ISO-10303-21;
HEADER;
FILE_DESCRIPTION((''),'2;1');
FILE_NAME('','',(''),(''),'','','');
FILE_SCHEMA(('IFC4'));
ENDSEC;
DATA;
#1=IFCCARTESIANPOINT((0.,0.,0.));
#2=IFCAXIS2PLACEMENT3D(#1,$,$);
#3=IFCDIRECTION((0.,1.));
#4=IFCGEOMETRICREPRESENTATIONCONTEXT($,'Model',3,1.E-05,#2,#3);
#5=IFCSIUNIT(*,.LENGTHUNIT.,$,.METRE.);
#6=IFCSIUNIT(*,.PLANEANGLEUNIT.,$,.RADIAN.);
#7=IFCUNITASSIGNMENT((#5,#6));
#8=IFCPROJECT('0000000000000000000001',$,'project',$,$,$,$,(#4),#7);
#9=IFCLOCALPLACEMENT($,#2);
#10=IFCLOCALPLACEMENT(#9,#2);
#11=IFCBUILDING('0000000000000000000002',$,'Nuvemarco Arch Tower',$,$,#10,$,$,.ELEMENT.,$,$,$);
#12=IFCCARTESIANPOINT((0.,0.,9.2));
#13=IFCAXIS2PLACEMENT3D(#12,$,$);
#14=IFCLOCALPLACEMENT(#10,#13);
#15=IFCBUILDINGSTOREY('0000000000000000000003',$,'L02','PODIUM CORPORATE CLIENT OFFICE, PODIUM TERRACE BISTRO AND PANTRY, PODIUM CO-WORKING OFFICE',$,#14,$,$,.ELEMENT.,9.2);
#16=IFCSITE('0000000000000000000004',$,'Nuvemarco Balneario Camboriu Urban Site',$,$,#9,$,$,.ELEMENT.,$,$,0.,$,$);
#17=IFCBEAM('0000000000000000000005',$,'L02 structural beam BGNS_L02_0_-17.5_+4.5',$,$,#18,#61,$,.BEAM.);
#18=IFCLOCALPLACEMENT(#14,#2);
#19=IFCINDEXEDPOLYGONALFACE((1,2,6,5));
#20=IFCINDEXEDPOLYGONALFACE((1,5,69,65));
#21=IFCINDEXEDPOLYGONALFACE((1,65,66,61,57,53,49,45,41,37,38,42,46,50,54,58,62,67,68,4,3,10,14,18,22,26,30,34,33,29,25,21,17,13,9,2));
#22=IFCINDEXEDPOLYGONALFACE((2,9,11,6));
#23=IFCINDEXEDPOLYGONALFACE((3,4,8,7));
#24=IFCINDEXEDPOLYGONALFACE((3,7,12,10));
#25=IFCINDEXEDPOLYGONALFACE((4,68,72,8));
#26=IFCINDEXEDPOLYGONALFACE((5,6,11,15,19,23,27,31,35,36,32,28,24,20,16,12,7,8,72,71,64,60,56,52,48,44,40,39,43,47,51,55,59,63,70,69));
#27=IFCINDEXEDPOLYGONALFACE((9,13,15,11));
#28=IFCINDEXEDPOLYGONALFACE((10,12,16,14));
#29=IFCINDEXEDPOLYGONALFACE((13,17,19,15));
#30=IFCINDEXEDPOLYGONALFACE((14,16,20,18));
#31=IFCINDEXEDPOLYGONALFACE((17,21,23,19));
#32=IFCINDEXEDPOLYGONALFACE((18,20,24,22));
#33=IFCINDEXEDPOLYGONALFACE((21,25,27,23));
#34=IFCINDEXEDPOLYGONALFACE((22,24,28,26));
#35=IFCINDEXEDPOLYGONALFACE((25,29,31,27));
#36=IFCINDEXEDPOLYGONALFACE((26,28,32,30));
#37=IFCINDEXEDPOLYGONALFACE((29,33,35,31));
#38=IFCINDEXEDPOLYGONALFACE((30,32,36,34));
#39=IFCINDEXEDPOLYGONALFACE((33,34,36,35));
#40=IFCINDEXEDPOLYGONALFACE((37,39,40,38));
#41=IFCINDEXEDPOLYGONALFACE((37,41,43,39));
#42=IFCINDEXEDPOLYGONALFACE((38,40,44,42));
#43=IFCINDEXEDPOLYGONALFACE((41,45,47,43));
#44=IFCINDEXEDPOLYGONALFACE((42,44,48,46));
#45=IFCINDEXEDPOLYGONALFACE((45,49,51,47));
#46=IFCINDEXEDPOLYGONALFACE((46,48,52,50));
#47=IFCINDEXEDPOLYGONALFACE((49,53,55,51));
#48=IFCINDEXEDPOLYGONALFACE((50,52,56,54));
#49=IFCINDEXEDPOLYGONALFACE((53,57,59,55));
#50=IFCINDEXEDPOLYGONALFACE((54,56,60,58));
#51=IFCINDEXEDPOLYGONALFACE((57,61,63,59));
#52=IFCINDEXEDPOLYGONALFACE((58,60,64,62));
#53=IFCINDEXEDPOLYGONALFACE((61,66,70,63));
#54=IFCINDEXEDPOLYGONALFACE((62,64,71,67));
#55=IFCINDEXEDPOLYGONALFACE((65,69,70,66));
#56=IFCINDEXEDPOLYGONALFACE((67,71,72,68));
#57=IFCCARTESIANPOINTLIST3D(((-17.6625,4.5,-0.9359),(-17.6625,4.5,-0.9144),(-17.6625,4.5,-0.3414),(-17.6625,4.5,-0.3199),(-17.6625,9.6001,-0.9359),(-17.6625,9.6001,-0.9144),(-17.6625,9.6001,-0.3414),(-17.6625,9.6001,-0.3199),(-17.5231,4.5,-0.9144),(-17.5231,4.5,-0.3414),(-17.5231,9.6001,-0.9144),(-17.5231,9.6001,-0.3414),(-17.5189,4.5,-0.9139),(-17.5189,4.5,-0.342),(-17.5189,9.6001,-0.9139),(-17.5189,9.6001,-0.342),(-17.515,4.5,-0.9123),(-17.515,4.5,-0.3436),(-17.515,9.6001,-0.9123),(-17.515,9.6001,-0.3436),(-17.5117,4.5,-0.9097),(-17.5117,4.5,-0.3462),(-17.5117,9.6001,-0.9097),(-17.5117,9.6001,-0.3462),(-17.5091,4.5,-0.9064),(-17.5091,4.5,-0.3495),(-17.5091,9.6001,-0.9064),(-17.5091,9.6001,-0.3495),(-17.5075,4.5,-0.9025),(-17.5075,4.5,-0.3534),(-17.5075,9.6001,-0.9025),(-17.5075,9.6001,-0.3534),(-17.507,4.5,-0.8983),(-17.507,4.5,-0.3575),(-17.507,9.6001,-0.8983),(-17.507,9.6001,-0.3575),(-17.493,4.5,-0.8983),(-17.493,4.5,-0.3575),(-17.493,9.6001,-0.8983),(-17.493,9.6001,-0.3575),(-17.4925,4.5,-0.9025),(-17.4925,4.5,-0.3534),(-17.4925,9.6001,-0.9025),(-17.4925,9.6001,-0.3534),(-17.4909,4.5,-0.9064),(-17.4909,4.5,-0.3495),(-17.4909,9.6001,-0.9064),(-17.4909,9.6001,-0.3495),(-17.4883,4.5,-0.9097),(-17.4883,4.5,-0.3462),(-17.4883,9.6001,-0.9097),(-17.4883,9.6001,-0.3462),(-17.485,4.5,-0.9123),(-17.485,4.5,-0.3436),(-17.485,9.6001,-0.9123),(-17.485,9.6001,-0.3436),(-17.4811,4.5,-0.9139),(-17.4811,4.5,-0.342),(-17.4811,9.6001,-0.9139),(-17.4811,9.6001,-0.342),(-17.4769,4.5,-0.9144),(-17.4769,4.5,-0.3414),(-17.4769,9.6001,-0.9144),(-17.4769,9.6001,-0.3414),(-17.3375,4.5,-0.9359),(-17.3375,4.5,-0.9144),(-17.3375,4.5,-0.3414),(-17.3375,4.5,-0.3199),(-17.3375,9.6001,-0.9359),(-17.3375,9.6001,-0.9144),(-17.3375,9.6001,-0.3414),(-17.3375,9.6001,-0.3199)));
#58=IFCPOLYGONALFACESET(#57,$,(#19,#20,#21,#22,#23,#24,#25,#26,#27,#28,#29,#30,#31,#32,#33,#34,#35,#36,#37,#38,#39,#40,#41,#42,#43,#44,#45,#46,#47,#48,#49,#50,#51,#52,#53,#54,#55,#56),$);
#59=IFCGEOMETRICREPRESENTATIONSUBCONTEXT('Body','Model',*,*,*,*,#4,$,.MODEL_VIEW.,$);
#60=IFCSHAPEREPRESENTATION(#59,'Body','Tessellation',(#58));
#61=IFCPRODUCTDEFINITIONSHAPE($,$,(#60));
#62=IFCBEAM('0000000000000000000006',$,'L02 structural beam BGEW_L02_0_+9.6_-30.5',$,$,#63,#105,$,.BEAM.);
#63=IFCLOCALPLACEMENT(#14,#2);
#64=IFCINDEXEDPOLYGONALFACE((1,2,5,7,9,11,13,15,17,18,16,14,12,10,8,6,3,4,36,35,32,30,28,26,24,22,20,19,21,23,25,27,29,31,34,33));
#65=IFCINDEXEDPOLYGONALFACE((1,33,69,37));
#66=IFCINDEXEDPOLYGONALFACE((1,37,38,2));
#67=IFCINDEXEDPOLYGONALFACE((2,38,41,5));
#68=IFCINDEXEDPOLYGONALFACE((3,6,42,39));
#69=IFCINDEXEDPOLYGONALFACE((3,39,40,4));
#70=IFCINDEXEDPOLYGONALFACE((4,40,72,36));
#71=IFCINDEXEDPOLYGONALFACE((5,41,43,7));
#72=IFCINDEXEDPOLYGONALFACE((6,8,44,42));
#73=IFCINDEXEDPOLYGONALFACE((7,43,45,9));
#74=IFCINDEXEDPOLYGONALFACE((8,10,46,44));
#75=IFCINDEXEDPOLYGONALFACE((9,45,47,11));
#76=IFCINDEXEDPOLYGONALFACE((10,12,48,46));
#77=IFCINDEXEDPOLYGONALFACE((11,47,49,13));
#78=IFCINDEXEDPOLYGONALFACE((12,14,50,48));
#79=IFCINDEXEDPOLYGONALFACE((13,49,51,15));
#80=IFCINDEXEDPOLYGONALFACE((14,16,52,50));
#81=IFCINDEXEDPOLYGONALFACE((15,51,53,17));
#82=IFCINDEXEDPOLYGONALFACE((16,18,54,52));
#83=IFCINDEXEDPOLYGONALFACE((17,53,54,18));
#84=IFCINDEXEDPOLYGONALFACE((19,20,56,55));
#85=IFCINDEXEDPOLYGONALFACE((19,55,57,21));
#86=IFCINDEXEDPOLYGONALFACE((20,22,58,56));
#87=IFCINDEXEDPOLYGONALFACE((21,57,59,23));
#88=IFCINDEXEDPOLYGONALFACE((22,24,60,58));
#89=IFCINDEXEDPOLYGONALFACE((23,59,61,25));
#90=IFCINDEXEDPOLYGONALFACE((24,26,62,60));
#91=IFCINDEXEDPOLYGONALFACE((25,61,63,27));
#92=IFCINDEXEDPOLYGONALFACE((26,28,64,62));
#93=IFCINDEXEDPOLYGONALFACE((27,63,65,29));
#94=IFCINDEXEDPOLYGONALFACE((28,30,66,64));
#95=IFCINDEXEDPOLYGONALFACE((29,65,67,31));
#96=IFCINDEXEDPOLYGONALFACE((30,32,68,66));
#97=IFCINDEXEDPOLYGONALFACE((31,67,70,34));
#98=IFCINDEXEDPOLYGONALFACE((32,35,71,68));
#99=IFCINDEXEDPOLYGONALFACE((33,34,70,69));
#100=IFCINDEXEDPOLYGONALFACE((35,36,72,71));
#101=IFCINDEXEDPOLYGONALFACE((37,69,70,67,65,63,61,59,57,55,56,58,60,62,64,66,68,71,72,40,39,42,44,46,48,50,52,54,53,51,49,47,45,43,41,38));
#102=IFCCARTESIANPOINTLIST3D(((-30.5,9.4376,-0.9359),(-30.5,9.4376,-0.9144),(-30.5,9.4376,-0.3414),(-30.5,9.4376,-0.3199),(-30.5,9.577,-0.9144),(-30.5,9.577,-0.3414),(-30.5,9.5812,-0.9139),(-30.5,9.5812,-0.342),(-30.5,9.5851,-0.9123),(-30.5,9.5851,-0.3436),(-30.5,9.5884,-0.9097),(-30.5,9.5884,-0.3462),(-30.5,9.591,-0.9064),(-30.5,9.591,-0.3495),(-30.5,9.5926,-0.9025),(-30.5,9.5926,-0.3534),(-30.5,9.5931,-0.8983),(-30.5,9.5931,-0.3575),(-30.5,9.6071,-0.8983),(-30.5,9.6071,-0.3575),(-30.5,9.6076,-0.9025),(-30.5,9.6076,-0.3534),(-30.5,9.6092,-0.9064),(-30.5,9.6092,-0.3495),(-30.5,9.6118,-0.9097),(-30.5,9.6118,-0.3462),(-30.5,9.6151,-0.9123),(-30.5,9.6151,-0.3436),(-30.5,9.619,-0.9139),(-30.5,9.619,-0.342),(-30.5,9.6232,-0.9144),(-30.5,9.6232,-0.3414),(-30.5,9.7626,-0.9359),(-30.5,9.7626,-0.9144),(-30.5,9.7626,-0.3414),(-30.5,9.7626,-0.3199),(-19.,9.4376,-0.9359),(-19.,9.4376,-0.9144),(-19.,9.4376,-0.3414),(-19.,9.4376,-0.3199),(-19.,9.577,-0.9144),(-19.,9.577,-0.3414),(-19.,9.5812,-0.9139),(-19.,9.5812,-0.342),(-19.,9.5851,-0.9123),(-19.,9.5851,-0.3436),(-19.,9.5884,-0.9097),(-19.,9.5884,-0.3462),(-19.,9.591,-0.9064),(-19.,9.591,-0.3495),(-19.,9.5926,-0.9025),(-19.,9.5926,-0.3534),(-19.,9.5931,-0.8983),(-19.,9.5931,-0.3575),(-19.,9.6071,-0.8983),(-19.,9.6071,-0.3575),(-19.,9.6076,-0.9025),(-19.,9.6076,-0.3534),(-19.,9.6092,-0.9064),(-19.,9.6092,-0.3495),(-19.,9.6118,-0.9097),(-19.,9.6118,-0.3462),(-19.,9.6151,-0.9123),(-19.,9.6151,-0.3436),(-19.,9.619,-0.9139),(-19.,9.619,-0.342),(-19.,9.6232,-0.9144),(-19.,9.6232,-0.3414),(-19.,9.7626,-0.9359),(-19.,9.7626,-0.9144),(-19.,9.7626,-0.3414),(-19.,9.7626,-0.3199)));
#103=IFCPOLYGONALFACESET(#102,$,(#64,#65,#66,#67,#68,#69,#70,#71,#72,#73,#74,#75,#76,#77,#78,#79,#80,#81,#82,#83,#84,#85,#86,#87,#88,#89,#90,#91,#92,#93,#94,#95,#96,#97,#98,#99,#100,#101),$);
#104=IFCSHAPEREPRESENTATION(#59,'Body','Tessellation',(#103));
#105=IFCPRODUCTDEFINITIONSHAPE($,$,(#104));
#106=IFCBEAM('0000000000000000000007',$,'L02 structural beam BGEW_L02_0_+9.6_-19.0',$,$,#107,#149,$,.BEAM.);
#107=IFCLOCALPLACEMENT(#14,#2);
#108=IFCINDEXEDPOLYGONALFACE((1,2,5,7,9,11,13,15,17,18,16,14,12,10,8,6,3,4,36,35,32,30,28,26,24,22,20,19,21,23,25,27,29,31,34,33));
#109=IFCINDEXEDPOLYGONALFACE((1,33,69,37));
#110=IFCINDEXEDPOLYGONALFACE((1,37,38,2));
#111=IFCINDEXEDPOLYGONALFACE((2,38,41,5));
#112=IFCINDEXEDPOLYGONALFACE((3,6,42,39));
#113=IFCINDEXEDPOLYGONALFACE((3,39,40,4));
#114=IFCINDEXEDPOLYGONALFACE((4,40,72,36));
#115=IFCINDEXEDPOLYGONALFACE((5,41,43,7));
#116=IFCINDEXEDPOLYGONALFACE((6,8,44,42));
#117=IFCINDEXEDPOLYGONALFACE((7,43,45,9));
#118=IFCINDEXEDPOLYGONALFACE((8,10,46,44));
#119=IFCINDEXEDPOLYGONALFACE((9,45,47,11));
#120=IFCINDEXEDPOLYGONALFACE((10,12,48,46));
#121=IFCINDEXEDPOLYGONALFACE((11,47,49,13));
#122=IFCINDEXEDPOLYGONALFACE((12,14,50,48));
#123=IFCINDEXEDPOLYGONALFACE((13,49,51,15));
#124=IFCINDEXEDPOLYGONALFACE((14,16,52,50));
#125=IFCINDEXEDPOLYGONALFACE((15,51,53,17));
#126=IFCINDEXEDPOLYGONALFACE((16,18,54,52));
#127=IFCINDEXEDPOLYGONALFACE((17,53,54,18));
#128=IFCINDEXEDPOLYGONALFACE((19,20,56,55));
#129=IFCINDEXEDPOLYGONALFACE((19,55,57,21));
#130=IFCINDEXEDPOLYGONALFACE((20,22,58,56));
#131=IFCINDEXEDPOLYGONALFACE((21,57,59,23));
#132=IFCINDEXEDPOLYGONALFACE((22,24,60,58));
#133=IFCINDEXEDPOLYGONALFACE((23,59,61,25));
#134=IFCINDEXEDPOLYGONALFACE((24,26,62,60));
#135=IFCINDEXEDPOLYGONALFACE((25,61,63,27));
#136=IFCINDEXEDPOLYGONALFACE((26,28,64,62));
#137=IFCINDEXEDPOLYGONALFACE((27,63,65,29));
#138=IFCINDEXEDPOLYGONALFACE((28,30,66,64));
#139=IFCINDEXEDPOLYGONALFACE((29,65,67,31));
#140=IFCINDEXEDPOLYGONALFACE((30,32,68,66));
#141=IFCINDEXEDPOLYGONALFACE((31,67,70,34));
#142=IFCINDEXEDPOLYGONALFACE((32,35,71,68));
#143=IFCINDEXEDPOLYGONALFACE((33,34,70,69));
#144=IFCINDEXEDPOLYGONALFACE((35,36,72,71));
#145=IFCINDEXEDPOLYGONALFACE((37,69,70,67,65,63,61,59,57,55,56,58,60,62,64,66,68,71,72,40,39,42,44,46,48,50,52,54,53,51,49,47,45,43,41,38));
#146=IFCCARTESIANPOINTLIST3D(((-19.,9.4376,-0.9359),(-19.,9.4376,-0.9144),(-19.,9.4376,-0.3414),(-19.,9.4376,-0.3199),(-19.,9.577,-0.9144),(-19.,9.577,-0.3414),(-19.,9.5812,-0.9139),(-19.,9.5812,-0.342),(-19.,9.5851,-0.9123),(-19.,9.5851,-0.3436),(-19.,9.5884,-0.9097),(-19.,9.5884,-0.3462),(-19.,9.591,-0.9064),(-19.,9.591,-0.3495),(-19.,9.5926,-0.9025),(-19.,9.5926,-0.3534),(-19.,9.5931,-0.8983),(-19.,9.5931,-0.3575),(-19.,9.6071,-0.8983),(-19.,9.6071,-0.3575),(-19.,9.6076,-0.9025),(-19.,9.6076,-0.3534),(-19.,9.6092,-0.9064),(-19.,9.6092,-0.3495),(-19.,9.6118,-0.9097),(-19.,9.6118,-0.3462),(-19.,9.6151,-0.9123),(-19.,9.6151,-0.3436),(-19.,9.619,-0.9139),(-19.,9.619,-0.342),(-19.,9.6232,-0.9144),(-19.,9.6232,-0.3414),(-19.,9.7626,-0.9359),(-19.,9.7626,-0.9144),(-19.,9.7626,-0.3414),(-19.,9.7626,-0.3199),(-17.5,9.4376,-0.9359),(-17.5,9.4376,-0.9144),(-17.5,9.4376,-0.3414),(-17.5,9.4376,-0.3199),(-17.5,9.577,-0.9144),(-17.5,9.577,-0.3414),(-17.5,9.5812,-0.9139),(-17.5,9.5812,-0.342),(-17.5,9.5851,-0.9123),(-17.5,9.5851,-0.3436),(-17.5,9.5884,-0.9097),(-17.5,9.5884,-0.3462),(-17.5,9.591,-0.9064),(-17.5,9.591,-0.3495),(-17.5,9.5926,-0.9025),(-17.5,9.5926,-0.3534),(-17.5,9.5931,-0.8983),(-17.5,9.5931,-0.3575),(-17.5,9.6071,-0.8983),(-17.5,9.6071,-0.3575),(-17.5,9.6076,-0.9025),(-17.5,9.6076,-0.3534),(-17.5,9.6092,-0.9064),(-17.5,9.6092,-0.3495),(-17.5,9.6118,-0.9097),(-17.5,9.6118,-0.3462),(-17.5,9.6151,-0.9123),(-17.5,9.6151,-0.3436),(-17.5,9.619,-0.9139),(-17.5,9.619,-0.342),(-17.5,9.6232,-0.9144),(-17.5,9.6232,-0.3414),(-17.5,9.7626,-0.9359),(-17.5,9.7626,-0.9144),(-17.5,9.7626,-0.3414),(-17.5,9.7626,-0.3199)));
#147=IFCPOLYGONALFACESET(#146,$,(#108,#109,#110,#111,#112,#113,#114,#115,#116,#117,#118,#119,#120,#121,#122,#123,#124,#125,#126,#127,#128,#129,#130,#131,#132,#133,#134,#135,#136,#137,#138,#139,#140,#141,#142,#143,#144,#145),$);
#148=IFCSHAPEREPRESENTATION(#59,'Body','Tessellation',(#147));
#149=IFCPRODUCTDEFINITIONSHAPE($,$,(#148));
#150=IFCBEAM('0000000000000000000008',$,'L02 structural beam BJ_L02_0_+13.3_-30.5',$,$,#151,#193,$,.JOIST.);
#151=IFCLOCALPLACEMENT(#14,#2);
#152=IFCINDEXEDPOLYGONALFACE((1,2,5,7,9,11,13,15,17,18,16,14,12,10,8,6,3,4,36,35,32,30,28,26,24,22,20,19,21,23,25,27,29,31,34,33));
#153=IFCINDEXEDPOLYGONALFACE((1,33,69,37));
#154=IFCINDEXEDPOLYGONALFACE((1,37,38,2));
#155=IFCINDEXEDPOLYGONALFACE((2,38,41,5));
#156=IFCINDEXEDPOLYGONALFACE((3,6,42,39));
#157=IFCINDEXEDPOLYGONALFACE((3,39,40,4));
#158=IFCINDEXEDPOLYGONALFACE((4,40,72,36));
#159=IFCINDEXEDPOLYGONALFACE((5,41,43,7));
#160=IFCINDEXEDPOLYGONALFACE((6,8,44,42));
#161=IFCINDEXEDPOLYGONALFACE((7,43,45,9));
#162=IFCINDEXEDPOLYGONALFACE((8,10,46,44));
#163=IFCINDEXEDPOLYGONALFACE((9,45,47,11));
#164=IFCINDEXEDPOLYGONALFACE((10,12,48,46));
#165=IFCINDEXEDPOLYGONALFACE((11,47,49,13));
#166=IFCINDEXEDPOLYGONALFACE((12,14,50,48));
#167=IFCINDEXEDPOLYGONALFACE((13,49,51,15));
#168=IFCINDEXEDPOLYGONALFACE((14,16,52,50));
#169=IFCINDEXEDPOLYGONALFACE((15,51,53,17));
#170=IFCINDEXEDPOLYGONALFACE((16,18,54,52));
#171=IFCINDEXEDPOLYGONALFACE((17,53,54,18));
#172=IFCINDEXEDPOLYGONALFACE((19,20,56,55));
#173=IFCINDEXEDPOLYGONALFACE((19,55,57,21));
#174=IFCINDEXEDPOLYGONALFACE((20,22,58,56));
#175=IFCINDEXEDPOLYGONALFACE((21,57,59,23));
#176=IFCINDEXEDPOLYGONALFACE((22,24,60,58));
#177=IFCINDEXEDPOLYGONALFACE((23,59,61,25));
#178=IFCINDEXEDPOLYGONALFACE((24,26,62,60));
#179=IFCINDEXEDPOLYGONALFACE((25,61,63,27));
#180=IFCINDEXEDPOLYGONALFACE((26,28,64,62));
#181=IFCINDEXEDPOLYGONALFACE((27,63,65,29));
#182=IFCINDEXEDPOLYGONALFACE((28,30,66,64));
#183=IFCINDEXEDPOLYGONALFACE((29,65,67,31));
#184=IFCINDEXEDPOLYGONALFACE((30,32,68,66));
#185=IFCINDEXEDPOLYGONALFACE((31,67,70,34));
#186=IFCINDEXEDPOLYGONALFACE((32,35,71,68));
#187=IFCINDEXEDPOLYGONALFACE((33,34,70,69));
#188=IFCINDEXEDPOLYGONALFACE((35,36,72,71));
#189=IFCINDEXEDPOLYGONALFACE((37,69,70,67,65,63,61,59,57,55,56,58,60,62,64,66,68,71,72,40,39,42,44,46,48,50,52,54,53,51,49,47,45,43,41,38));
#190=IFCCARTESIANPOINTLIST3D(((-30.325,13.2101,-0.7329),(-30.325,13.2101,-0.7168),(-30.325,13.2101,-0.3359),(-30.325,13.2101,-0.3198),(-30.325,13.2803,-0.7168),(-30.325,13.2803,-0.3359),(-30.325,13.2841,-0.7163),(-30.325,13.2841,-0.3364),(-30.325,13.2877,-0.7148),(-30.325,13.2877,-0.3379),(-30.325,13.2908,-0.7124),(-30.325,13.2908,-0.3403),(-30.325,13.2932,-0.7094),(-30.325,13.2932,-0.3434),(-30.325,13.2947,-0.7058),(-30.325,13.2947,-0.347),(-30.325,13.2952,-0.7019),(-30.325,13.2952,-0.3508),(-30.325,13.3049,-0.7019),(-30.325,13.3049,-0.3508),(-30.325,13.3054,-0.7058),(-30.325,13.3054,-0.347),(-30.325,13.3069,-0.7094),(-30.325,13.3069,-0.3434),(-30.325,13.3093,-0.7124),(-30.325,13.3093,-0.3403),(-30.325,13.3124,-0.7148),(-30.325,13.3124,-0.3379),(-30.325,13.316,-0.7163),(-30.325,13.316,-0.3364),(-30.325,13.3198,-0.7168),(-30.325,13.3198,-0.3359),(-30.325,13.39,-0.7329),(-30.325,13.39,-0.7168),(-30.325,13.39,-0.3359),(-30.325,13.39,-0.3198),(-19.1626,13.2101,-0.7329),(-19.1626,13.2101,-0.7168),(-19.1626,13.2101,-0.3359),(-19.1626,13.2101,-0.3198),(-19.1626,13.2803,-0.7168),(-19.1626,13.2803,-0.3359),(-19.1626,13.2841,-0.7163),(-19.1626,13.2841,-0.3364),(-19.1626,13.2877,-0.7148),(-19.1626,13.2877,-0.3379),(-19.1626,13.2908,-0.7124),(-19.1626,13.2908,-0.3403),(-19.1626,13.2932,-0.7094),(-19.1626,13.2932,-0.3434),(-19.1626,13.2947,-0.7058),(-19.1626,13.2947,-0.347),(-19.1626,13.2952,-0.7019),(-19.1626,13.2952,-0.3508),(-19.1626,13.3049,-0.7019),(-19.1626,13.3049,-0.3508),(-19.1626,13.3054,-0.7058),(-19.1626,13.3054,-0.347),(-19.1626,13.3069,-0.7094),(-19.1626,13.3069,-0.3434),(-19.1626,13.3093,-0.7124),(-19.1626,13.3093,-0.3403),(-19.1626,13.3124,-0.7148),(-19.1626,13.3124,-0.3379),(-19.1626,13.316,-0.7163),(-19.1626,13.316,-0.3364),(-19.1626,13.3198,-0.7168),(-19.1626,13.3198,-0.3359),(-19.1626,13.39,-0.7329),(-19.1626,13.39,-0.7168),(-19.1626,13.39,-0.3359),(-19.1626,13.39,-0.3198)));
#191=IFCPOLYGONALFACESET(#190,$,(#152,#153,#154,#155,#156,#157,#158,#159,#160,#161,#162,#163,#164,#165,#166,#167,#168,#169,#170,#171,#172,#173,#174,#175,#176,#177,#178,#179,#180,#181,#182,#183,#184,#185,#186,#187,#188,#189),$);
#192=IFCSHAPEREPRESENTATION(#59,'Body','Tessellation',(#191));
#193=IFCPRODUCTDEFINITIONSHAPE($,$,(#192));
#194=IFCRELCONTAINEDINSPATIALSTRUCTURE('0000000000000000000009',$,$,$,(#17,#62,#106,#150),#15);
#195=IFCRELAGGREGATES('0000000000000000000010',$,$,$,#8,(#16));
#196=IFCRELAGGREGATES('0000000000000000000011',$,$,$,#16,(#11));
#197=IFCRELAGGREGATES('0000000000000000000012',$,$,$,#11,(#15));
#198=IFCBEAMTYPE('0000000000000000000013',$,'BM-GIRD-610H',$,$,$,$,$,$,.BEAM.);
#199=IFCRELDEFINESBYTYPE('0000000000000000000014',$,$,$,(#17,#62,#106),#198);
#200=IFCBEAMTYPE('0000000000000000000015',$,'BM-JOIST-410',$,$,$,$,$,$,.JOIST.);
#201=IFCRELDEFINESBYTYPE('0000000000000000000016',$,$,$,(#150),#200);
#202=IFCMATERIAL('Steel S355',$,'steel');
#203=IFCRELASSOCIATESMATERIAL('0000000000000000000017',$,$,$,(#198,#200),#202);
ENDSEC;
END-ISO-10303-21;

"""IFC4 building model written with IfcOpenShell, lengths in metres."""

from ifc_helpers import new_model, si_unit, direction, frame, origin, origin_2d, place, context, subcontext, project, spatial, i_section, extrude, material, material_profile, profile_set, type_object, element, save


model = new_model("IFC4")

# Units and contexts
model_context = context("Model", 3, precision=1e-05, world=origin(), true_north=direction((0.0, 1.0)))
body_context = subcontext(model_context, "Body", "Model", "MODEL_VIEW")
ifc_project = project(units=[si_unit("LENGTHUNIT", "METRE"), si_unit("PLANEANGLEUNIT", "RADIAN")], contexts=[model_context])

# Site, building, storey
site_placement = place(None, origin())
site = spatial("IfcSite", under=ifc_project, at=site_placement, Name="Nuvemarco Balneario Camboriu Urban Site", CompositionType="ELEMENT", RefElevation=0.0)
building_placement = place(site_placement, origin())
building = spatial("IfcBuilding", under=site, at=building_placement, Name="Nuvemarco Arch Tower", CompositionType="ELEMENT")
storey_placement = place(building_placement, frame((0.0, 0.0, 9.2)))
storey = spatial("IfcBuildingStorey", under=building, at=storey_placement, Name="L02", Description="PODIUM CORPORATE CLIENT OFFICE, PODIUM TERRACE BISTRO AND PANTRY, PODIUM CO-WORKING OFFICE", CompositionType="ELEMENT", Elevation=9.2)

# Beams
ifc_material_1 = material(Name="Steel S355", Category="steel")
ifc_material_profile_1 = material_profile(ifc_material_1, i_section(OverallWidth=0.325, OverallDepth=0.616, WebThickness=0.0139, FlangeThickness=0.0215, FilletRadius=0.0161, at=origin_2d()), Name="W610x174")
ifc_profile_set_1 = profile_set([ifc_material_profile_1], Name="Steel S355")
beam_type_1 = type_object("IfcBeamType", Name="BM-GIRD-610H", PredefinedType="BEAM", material=ifc_profile_set_1)
beam_1_placement = place(storey_placement, frame((-17.5, 4.5, -0.6279), z_axis=(0.0, 1.0, 0.0), x_axis=(-1.0, 0.0, 0.0)))
element("IfcBeam", 1, at=beam_1_placement, inside=storey, type_object=beam_type_1, Name="L02 structural beam BGNS_L02_0_-17.5_+4.5", PredefinedType="BEAM", context=body_context, shape_type="SweptSolid", body=[
    extrude(i_section(OverallWidth=0.325, OverallDepth=0.616, WebThickness=0.0139, FlangeThickness=0.0215, FilletRadius=0.0161, at=origin_2d()), origin(), (0.0, 0.0, 1.0), 5.1001),
])
beam_2_placement = place(storey_placement, frame((-30.5, 9.6001, -0.6279), z_axis=(1.0, 0.0, 0.0), x_axis=(0.0, 1.0, 0.0)))
element("IfcBeam", 2, at=beam_2_placement, inside=storey, type_object=beam_type_1, Name="L02 structural beam BGEW_L02_0_+9.6_-30.5", PredefinedType="BEAM", context=body_context, shape_type="SweptSolid", body=[
    extrude(i_section(OverallWidth=0.325, OverallDepth=0.616, WebThickness=0.0139, FlangeThickness=0.0215, FilletRadius=0.0161, at=origin_2d()), origin(), (0.0, 0.0, 1.0), 11.5),
])
beam_3_placement = place(storey_placement, frame((-19.0, 9.6001, -0.6279), z_axis=(1.0, 0.0, 0.0), x_axis=(0.0, 1.0, 0.0)))
element("IfcBeam", 3, at=beam_3_placement, inside=storey, type_object=beam_type_1, Name="L02 structural beam BGEW_L02_0_+9.6_-19.0", PredefinedType="BEAM", context=body_context, shape_type="SweptSolid", body=[
    extrude(i_section(OverallWidth=0.325, OverallDepth=0.616, WebThickness=0.0139, FlangeThickness=0.0215, FilletRadius=0.0161, at=origin_2d()), origin(), (0.0, 0.0, 1.0), 1.5),
])
ifc_material_profile_2 = material_profile(ifc_material_1, i_section(OverallWidth=0.1799, OverallDepth=0.4131, WebThickness=0.0098, FlangeThickness=0.0161, FilletRadius=0.0149, at=origin_2d()), Name="W410x75")
ifc_profile_set_2 = profile_set([ifc_material_profile_2], Name="Steel S355")
beam_type_2 = type_object("IfcBeamType", Name="BM-JOIST-410", PredefinedType="JOIST", material=ifc_profile_set_2)
beam_4_placement = place(storey_placement, frame((-30.325, 13.3, -0.5264), z_axis=(1.0, 0.0, 0.0), x_axis=(0.0, 1.0, 0.0)))
element("IfcBeam", 4, at=beam_4_placement, inside=storey, type_object=beam_type_2, Name="L02 structural beam BJ_L02_0_+13.3_-30.5", PredefinedType="JOIST", context=body_context, shape_type="SweptSolid", body=[
    extrude(i_section(OverallWidth=0.1799, OverallDepth=0.4131, WebThickness=0.0098, FlangeThickness=0.0161, FilletRadius=0.0149, at=origin_2d()), origin(), (0.0, 0.0, 1.0), 11.1624),
])

save(model, "model.ifc")
